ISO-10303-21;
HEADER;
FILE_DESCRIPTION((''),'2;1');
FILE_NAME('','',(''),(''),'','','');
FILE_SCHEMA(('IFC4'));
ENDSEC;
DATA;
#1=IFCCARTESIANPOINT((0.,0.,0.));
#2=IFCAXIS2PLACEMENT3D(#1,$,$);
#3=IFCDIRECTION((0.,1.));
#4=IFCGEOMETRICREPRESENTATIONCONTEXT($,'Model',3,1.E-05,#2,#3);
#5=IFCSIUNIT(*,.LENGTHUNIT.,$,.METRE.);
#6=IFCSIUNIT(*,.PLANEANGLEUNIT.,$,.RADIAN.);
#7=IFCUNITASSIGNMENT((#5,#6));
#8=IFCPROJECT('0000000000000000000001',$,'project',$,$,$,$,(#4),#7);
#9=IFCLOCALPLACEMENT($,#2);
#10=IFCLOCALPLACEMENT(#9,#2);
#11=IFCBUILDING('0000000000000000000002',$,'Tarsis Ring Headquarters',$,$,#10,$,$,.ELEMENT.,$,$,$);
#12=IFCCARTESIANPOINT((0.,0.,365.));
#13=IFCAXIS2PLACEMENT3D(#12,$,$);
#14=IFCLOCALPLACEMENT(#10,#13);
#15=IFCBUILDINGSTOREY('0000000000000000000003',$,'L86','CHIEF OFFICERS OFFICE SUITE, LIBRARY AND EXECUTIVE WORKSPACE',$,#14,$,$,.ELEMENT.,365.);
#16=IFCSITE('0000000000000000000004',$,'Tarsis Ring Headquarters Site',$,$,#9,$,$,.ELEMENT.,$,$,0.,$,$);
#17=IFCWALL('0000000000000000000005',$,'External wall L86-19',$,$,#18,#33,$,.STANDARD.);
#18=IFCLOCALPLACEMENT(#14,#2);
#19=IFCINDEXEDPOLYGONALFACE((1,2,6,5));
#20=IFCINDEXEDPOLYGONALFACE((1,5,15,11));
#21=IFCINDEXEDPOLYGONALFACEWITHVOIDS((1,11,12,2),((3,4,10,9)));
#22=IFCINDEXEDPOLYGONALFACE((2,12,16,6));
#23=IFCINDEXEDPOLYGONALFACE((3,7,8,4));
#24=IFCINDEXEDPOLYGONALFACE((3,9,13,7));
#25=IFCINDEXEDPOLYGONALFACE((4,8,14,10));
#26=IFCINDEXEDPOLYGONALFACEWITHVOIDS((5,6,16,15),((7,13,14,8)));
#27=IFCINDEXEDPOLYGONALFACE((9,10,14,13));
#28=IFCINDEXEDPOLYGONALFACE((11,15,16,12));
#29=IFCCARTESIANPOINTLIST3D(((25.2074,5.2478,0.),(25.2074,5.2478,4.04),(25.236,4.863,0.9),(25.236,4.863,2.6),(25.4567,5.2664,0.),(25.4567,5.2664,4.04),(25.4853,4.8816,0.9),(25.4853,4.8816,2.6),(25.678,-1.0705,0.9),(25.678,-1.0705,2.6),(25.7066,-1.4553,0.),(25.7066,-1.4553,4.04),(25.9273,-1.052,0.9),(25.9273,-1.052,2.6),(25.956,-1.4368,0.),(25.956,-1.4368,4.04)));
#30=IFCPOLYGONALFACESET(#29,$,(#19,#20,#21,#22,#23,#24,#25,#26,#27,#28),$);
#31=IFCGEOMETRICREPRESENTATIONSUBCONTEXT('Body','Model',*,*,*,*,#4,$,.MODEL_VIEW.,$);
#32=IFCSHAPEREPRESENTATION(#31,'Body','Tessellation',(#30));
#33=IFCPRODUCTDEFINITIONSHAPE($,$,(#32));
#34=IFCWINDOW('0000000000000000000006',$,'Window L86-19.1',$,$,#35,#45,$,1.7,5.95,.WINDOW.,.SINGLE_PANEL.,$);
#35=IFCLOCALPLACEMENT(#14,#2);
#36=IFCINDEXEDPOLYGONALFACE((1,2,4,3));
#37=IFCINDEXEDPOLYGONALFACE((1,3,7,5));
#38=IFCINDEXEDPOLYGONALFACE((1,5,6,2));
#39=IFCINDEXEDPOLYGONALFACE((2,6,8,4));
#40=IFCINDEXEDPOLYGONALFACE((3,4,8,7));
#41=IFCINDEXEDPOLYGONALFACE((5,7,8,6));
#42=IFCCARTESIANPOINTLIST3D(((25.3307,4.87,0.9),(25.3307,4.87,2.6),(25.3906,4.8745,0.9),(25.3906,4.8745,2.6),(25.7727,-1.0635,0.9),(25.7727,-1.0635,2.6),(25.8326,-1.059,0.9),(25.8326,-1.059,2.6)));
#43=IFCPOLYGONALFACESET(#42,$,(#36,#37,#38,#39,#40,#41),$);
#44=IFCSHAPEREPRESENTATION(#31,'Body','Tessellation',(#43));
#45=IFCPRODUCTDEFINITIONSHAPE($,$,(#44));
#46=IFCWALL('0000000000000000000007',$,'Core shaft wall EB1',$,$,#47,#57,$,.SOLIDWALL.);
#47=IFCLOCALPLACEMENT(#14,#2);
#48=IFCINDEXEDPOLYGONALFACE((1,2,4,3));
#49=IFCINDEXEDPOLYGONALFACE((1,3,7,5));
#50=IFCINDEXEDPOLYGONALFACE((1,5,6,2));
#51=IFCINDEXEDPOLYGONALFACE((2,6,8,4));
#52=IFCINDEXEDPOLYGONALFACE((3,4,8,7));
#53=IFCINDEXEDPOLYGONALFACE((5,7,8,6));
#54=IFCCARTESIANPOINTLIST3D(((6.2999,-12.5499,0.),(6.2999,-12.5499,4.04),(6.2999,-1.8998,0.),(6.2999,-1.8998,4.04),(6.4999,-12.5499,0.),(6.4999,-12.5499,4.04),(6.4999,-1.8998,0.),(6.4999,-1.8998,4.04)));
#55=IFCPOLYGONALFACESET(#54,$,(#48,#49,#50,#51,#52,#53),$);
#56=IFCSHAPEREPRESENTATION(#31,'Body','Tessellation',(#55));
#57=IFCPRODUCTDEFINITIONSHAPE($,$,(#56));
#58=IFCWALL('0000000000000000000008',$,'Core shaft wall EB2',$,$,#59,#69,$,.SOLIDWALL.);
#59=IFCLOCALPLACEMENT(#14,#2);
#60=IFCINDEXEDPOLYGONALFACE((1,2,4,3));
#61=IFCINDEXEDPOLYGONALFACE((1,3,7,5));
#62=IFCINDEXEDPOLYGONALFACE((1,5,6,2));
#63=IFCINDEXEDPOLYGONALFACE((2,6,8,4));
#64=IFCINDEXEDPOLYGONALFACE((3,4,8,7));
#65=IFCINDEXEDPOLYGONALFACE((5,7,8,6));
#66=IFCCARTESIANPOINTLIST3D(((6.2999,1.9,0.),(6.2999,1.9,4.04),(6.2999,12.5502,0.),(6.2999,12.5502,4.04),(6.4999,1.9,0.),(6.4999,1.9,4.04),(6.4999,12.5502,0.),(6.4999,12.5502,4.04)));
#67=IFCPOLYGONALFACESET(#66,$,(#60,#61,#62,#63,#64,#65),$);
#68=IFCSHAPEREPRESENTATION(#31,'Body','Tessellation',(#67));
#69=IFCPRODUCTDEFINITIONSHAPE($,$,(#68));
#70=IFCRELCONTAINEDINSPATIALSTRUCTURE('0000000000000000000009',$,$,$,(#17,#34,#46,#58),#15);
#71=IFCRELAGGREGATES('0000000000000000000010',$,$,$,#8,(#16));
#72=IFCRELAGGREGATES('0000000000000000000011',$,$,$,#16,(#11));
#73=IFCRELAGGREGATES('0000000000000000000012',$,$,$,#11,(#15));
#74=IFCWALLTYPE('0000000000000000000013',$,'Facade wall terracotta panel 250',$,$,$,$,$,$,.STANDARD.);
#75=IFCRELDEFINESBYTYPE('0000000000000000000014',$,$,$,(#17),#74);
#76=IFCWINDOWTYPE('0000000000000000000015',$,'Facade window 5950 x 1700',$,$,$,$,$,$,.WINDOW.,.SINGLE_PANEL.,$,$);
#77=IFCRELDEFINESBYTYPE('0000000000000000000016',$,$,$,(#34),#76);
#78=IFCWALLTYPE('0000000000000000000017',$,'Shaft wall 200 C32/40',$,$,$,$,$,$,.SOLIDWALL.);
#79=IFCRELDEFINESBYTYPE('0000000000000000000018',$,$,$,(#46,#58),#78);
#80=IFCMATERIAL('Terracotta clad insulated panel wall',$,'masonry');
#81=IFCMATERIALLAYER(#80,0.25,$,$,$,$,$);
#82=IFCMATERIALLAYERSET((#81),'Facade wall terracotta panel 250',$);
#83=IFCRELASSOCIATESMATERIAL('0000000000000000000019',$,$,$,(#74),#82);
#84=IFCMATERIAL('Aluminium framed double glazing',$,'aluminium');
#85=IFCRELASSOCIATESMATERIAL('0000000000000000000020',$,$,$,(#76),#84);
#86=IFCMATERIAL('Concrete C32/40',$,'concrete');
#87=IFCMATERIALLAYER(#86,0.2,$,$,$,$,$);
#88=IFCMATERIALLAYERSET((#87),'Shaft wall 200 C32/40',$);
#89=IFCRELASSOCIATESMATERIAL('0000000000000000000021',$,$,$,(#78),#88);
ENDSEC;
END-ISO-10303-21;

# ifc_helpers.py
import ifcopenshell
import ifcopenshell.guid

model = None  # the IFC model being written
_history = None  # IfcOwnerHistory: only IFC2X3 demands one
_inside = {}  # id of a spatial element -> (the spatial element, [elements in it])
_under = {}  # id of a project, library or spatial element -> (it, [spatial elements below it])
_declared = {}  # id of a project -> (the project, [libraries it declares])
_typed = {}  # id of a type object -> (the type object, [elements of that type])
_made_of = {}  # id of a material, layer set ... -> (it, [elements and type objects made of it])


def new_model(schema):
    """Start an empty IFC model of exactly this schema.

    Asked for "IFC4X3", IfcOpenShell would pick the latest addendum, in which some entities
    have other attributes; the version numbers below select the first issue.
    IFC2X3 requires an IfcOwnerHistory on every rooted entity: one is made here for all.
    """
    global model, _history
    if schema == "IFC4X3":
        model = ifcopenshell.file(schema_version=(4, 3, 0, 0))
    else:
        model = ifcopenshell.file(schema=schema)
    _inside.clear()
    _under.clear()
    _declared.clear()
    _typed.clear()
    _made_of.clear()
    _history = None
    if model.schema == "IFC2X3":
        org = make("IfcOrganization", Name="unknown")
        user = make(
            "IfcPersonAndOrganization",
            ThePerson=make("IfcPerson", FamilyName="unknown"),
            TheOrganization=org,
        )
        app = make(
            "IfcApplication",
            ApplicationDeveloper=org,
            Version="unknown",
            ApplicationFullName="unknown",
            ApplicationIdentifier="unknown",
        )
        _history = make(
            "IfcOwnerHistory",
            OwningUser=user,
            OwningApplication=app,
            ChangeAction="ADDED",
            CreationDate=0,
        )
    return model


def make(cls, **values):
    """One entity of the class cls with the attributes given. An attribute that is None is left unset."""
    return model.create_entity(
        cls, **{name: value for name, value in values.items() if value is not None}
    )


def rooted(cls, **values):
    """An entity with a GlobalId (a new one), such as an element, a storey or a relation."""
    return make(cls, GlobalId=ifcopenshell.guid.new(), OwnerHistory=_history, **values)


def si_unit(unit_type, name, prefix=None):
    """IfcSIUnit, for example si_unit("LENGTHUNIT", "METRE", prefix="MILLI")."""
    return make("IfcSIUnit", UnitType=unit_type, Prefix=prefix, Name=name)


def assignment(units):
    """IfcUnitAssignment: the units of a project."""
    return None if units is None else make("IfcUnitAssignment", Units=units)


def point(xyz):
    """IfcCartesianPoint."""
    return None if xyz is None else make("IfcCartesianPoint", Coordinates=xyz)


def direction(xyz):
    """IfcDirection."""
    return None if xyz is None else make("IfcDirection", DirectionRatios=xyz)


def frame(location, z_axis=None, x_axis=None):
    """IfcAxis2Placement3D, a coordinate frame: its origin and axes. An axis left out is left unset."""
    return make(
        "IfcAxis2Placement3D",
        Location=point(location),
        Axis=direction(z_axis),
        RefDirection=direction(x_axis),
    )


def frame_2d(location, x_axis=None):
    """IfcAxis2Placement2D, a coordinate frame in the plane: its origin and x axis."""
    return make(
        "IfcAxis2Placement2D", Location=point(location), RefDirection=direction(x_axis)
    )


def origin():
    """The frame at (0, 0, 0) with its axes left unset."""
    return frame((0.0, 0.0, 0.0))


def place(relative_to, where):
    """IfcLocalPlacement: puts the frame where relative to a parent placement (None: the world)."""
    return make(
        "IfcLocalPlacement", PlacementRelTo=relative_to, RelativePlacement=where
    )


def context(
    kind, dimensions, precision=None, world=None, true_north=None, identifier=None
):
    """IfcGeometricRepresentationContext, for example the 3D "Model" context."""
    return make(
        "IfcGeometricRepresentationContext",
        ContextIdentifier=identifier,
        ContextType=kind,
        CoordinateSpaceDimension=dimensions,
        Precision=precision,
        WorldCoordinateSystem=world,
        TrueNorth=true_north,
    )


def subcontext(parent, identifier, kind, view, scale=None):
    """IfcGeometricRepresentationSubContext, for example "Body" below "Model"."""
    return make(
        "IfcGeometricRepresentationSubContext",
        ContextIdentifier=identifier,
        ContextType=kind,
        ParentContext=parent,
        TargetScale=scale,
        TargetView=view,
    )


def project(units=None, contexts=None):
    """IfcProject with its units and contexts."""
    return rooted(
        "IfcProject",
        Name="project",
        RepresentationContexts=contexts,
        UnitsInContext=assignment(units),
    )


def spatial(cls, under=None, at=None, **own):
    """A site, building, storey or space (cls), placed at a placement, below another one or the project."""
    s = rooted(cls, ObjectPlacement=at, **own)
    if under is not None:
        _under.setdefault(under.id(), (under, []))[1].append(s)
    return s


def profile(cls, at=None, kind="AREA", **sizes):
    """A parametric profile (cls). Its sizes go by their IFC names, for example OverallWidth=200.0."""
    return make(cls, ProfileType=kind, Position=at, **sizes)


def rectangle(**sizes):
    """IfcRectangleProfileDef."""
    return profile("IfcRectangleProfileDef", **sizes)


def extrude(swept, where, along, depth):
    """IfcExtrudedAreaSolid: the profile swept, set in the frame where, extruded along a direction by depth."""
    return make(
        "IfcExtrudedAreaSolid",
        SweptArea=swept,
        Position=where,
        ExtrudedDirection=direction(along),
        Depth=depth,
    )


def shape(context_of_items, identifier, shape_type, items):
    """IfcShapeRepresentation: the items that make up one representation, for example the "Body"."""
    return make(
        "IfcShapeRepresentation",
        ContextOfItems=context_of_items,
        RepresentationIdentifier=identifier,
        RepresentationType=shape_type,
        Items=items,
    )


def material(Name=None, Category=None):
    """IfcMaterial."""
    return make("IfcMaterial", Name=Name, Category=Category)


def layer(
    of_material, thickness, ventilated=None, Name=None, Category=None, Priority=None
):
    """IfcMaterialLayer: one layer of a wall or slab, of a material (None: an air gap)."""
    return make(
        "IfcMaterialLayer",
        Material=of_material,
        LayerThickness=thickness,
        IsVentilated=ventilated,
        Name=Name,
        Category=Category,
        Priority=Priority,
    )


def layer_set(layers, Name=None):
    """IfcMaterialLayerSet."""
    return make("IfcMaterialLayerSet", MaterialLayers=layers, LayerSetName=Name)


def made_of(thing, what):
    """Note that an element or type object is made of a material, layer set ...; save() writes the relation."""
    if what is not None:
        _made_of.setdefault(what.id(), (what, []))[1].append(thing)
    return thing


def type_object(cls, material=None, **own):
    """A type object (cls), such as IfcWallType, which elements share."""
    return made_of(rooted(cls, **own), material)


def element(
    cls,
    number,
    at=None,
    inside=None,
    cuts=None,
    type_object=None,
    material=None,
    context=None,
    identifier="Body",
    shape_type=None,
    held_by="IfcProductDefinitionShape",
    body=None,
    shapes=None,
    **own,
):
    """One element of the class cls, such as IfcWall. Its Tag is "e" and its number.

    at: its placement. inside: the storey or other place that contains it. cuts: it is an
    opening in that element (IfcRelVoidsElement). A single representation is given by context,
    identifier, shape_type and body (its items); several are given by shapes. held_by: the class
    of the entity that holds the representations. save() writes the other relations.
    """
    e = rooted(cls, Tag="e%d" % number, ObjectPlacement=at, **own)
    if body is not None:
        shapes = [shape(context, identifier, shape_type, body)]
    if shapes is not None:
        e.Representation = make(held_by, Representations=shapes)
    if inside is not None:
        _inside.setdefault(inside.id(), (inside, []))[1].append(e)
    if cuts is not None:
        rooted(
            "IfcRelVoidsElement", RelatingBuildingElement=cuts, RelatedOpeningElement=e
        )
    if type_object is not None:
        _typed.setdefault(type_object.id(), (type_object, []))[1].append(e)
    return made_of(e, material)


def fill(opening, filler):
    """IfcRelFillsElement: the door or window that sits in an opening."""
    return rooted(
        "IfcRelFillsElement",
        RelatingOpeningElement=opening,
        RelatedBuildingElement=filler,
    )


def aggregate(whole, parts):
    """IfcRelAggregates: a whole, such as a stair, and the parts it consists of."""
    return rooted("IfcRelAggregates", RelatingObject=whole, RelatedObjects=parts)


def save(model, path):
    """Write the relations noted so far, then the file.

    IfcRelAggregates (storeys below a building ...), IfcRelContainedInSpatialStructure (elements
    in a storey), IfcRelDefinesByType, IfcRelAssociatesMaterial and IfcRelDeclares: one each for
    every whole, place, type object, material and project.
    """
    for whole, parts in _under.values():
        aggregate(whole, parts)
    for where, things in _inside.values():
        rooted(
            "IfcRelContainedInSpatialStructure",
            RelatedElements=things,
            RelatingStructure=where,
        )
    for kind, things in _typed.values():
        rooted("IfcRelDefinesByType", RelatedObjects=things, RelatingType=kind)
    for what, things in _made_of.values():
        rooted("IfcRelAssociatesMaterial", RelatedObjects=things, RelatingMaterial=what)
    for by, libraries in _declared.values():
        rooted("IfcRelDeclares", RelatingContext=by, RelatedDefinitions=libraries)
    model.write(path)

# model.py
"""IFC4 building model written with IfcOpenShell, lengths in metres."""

from ifc_helpers import new_model, si_unit, direction, frame, frame_2d, origin, place, context, subcontext, project, spatial, rectangle, extrude, material, layer, layer_set, type_object, element, fill, save


model = new_model("IFC4")

# Units and contexts
model_context = context("Model", 3, precision=1e-05, world=origin(), true_north=direction((0.0, 1.0)))
body_context = subcontext(model_context, "Body", "Model", "MODEL_VIEW")
ifc_project = project(units=[si_unit("LENGTHUNIT", "METRE"), si_unit("PLANEANGLEUNIT", "RADIAN")], contexts=[model_context])

# Site, building, storey
site_placement = place(None, origin())
site = spatial("IfcSite", under=ifc_project, at=site_placement, Name="Tarsis Ring Headquarters Site", CompositionType="ELEMENT", RefElevation=0.0)
building_placement = place(site_placement, origin())
building = spatial("IfcBuilding", under=site, at=building_placement, Name="Tarsis Ring Headquarters", CompositionType="ELEMENT")
storey_placement = place(building_placement, frame((0.0, 0.0, 365.0)))
storey = spatial("IfcBuildingStorey", under=building, at=storey_placement, Name="L86", Description="CHIEF OFFICERS OFFICE SUITE, LIBRARY AND EXECUTIVE WORKSPACE", CompositionType="ELEMENT", Elevation=365.0)

# Wall, opening, window
ifc_material_1 = material(Name="Terracotta clad insulated panel wall", Category="masonry")
ifc_layer_1 = layer(ifc_material_1, 0.25)
ifc_layer_set_1 = layer_set([ifc_layer_1], Name="Facade wall terracotta panel 250")
wall_type_1 = type_object("IfcWallType", Name="Facade wall terracotta panel 250", PredefinedType="STANDARD", material=ifc_layer_set_1)
ifc_material_2 = material(Name="Aluminium framed double glazing", Category="aluminium")
window_type_1 = type_object("IfcWindowType", Name="Facade window 5950 x 1700", PartitioningType="SINGLE_PANEL", PredefinedType="WINDOW", material=ifc_material_2)
wall_1_placement = place(storey_placement, frame((25.8313, -1.446, 0.0), z_axis=(0.0, 0.0, 1.0), x_axis=(-0.074277, 0.997238, 0.0)))
wall_1 = element("IfcWall", 1, at=wall_1_placement, inside=storey, type_object=wall_type_1, Name="External wall L86-19", PredefinedType="STANDARD", context=body_context, shape_type="SweptSolid", body=[
    extrude(rectangle(XDim=6.7217, YDim=0.25, at=frame_2d((3.3608, 0.0))), origin(), (0.0, 0.0, 1.0), 4.04),
])
opening_1_placement = place(wall_1_placement, frame((0.3857, 0.0, 0.8999)))
opening_1 = element("IfcOpeningElement", 2, at=opening_1_placement, cuts=wall_1, PredefinedType="OPENING", context=body_context, shape_type="SweptSolid", body=[
    extrude(rectangle(XDim=5.95, YDim=1.7, at=frame_2d((2.9751, 0.8501))), frame((0.0, 0.135, 0.0), z_axis=(0.0, -1.0, 0.0), x_axis=(1.0, 0.0, 0.0)), (0.0, 0.0, 1.0), 0.27),
])
window_1_placement = place(opening_1_placement, origin())
window_1 = element("IfcWindow", 3, at=window_1_placement, inside=storey, type_object=window_type_1, Name="Window L86-19.1", OverallHeight=1.7, OverallWidth=5.95, PartitioningType="SINGLE_PANEL", PredefinedType="WINDOW", context=body_context, shape_type="SweptSolid", body=[
    extrude(rectangle(XDim=5.95, YDim=1.7, at=frame_2d((2.9751, 0.8501))), frame((0.0, 0.03, 0.0), z_axis=(0.0, -1.0, 0.0), x_axis=(1.0, 0.0, 0.0)), (0.0, 0.0, 1.0), 0.0601),
])
fill(opening_1, window_1)

# Walls
ifc_material_3 = material(Name="Concrete C32/40", Category="concrete")
ifc_layer_2 = layer(ifc_material_3, 0.2)
ifc_layer_set_2 = layer_set([ifc_layer_2], Name="Shaft wall 200 C32/40")
wall_type_2 = type_object("IfcWallType", Name="Shaft wall 200 C32/40", PredefinedType="SOLIDWALL", material=ifc_layer_set_2)
for number, where, z_axis, x_axis, name in (
    (4, (6.3999, -12.55, 0.0), (0.0, 0.0, 1.0), (0.0, 1.0, 0.0), "Core shaft wall EB1"),
    (5, (6.3999, 1.8999, 0.0), (0.0, 0.0, 1.0), (0.0, 1.0, 0.0), "Core shaft wall EB2"),
):
    element("IfcWall", number, at=place(storey_placement, frame(where, z_axis=z_axis, x_axis=x_axis)), inside=storey, type_object=wall_type_2, Name=name, PredefinedType="SOLIDWALL", context=body_context, shape_type="SweptSolid", body=[
        extrude(rectangle(XDim=10.6501, YDim=0.2, at=frame_2d((5.3252, 0.0))), origin(), (0.0, 0.0, 1.0), 4.04),
    ])

save(model, "model.ifc")
